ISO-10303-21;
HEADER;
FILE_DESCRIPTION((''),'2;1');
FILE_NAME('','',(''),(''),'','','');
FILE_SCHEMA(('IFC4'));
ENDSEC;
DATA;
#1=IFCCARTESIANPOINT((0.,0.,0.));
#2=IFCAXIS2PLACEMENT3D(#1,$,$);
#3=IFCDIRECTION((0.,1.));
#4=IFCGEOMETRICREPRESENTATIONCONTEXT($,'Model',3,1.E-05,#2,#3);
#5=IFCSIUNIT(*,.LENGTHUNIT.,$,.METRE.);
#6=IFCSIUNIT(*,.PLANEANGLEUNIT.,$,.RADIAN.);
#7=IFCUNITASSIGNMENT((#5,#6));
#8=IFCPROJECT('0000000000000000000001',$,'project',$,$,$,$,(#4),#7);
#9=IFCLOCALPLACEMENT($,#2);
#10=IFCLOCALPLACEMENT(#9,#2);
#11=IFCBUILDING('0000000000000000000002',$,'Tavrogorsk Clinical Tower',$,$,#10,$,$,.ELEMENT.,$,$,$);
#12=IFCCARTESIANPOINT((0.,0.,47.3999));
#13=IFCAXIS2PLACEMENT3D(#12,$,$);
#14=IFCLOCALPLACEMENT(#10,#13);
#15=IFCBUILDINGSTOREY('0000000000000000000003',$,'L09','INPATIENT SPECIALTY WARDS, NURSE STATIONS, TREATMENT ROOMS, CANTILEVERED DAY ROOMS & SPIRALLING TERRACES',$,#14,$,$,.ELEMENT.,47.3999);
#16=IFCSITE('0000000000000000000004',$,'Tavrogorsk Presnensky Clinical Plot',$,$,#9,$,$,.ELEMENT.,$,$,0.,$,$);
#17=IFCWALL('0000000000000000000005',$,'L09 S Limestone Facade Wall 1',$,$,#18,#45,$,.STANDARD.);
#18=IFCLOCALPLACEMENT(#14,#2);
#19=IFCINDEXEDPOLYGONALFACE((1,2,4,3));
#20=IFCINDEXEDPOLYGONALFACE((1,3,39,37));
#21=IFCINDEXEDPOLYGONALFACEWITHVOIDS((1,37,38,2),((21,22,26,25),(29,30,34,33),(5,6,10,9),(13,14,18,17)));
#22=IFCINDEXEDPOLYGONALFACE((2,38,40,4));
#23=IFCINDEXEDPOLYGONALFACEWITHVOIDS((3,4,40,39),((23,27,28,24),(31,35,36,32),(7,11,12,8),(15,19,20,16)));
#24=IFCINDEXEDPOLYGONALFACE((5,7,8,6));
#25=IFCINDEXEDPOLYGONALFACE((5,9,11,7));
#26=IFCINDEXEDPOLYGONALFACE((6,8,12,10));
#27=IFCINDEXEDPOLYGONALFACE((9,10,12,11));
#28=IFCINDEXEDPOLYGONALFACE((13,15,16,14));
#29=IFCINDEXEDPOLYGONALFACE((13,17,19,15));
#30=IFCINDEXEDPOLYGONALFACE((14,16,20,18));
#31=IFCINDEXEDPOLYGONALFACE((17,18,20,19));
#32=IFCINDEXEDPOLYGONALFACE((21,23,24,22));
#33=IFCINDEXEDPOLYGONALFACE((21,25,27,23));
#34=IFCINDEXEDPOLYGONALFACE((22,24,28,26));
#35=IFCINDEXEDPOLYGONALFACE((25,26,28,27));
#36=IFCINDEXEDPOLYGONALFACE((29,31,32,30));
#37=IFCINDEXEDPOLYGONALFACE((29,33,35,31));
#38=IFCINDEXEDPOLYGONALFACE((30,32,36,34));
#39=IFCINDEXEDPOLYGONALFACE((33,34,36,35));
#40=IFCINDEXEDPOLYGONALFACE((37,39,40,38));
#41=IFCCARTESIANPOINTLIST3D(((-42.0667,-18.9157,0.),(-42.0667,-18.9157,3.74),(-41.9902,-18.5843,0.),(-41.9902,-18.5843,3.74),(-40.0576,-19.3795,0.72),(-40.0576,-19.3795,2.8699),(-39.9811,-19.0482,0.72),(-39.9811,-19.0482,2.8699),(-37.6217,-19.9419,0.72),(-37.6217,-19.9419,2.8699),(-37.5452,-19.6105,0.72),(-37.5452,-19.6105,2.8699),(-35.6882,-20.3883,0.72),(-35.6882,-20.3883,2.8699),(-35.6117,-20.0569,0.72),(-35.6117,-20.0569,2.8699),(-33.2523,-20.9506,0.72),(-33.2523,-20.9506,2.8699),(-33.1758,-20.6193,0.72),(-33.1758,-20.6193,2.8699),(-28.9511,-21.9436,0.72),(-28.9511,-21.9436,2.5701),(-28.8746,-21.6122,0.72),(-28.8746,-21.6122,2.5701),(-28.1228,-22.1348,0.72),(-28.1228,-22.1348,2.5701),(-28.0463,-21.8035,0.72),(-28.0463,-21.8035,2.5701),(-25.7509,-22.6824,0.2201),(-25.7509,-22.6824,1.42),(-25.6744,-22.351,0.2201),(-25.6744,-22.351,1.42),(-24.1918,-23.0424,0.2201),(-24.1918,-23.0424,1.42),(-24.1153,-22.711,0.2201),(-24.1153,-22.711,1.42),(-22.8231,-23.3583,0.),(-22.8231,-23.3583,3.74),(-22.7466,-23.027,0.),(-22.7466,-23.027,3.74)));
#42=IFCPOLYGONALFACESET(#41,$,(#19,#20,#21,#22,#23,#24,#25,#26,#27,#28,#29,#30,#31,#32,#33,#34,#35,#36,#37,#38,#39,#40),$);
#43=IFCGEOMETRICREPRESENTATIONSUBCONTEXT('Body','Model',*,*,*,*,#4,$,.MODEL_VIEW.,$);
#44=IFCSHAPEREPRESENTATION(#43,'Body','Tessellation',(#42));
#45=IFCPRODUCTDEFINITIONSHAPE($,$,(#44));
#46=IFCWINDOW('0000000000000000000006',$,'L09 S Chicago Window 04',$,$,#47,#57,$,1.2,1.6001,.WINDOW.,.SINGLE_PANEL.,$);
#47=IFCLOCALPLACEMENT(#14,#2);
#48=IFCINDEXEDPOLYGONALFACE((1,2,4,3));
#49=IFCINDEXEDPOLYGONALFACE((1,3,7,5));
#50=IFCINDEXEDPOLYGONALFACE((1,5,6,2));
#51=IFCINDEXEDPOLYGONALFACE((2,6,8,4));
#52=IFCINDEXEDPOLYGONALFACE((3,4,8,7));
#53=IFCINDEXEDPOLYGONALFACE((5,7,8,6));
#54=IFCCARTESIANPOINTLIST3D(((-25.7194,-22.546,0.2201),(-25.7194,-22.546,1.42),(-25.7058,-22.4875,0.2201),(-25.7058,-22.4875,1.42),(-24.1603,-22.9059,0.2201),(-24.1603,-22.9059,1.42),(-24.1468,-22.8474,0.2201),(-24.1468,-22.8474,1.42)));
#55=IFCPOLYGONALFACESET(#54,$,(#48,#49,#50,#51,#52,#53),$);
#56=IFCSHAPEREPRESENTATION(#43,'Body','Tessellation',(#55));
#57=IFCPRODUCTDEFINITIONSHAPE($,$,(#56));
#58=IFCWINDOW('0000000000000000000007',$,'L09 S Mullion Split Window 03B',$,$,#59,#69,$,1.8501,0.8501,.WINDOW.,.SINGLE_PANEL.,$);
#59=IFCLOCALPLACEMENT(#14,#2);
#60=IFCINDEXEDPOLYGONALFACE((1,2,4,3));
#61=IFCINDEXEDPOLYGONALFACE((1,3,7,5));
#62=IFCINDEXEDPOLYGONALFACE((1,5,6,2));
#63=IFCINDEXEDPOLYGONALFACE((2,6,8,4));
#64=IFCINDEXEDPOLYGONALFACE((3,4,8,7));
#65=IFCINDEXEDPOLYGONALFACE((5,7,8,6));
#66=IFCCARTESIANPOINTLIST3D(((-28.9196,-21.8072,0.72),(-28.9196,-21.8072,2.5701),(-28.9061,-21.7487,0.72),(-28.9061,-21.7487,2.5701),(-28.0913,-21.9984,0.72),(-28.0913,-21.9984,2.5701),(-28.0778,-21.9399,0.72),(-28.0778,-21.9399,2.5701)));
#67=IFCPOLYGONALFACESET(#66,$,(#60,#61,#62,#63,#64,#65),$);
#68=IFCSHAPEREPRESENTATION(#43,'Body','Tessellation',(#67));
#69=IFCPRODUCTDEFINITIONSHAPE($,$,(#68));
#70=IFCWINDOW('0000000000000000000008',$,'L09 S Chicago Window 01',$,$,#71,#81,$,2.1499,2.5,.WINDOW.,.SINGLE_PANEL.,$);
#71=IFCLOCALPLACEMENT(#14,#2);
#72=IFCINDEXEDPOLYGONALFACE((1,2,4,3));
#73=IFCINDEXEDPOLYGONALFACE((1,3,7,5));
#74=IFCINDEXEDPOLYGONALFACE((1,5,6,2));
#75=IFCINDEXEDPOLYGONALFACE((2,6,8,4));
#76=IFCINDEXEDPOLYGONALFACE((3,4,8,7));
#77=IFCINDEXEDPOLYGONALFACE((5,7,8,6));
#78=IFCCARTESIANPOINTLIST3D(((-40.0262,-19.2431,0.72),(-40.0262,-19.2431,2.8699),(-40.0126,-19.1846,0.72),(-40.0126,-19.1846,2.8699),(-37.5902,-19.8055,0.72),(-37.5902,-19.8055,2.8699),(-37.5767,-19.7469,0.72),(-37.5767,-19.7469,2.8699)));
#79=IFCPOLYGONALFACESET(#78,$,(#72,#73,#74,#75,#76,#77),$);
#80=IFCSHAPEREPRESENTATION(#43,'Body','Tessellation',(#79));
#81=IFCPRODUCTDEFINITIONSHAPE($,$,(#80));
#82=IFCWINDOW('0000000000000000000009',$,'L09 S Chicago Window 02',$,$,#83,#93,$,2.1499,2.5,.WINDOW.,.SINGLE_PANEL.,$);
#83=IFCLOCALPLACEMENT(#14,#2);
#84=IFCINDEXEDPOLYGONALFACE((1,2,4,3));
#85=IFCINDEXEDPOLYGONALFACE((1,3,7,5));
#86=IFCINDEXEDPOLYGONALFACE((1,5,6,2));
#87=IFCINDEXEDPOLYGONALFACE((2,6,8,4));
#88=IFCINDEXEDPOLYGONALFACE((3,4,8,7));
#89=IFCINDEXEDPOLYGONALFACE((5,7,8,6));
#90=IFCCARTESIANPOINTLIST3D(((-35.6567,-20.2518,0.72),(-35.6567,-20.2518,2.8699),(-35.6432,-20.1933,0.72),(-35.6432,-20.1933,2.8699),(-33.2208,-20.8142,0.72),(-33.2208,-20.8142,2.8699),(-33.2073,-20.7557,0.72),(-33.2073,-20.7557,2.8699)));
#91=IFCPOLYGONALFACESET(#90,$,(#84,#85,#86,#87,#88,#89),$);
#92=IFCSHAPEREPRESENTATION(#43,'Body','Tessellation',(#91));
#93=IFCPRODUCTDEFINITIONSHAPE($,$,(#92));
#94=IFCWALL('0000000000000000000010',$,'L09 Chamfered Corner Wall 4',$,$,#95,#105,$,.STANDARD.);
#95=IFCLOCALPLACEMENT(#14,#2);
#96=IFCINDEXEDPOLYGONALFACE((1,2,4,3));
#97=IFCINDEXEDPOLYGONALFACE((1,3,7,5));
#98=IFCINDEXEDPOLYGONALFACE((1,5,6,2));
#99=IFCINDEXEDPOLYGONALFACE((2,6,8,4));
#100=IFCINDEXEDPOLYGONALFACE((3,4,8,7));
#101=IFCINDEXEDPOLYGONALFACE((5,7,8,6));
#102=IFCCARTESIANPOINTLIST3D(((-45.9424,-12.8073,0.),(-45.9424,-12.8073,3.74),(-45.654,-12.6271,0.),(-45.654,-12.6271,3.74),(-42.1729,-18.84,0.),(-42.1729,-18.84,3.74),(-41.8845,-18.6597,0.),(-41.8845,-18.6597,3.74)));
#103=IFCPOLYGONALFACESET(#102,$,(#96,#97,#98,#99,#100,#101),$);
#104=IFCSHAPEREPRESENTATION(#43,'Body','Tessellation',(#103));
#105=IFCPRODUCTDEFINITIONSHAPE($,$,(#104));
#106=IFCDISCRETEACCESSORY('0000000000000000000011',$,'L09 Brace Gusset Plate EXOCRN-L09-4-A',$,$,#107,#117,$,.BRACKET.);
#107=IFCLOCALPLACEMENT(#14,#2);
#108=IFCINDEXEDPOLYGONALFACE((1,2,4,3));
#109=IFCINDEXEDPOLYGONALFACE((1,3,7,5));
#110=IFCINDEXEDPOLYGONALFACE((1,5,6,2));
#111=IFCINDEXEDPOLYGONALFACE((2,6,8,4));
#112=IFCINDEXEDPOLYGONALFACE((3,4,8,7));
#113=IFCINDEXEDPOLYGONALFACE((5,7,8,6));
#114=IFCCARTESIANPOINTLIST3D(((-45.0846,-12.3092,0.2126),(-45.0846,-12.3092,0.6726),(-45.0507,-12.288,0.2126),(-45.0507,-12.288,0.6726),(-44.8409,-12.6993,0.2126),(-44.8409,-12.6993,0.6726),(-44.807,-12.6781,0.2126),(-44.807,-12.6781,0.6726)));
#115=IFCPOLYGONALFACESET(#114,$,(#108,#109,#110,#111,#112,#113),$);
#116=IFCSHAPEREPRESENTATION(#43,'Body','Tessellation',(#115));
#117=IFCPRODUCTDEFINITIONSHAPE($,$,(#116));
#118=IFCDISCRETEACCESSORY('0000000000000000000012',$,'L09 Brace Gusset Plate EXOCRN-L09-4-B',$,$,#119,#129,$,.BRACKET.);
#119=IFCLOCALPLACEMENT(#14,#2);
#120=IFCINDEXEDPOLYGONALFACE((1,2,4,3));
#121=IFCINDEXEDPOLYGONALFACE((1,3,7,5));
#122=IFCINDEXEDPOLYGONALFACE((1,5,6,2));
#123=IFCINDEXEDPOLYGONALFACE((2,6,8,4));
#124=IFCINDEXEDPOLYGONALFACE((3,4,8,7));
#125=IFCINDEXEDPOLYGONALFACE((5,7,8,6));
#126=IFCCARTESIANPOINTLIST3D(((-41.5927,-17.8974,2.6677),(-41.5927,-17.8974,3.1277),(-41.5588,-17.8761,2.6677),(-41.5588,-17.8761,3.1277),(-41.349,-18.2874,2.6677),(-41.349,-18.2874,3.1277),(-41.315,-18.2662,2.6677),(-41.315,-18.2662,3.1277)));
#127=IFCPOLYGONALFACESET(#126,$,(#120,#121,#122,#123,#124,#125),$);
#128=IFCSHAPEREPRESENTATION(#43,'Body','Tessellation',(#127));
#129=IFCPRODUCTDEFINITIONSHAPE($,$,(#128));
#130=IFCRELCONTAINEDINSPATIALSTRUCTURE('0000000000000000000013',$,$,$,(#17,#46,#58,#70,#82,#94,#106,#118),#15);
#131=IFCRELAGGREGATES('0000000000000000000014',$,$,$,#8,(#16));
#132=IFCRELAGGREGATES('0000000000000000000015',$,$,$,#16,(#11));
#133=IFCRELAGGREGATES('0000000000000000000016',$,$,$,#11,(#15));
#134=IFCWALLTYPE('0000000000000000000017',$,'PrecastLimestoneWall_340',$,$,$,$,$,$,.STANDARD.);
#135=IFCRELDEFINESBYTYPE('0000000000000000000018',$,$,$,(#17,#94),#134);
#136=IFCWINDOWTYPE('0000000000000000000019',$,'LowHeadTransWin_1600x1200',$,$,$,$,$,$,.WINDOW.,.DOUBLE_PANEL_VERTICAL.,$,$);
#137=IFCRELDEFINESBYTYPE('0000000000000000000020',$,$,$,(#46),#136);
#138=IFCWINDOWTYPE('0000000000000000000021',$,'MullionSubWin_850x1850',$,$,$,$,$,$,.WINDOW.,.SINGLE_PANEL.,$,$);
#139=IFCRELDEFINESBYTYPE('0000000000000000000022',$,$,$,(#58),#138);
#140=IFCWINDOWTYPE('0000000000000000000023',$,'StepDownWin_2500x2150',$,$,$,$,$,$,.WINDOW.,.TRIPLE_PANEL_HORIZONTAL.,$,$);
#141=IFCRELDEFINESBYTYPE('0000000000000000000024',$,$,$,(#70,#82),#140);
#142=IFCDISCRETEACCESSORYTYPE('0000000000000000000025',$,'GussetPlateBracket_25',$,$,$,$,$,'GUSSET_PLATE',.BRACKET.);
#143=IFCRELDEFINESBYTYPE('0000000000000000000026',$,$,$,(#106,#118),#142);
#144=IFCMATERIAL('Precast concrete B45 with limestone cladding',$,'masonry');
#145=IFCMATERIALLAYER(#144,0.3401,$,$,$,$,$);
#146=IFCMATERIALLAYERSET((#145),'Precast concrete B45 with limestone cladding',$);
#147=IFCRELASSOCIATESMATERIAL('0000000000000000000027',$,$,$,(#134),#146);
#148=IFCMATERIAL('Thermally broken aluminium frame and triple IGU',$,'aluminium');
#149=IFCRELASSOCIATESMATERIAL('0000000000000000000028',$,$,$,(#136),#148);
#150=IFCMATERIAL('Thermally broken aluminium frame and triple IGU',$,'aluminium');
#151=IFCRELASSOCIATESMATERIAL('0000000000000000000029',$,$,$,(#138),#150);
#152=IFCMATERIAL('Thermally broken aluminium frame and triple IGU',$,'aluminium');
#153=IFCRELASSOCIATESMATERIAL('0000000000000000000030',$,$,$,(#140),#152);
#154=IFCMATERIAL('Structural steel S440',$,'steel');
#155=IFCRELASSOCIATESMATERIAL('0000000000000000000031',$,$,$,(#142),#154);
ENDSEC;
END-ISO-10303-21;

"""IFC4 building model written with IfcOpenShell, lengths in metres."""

from ifc_helpers import new_model, si_unit, direction, frame, frame_2d, origin, origin_2d, place, context, subcontext, project, spatial, rectangle, extrude, material, layer, layer_set, type_object, element, fill, save


model = new_model("IFC4")

# Units and contexts
model_context = context("Model", 3, precision=1e-05, world=origin(), true_north=direction((0.0, 1.0)))
body_context = subcontext(model_context, "Body", "Model", "MODEL_VIEW")
ifc_project = project(units=[si_unit("LENGTHUNIT", "METRE"), si_unit("PLANEANGLEUNIT", "RADIAN")], contexts=[model_context])

# Site, building, storey
site_placement = place(None, origin())
site = spatial("IfcSite", under=ifc_project, at=site_placement, Name="Tavrogorsk Presnensky Clinical Plot", CompositionType="ELEMENT", RefElevation=0.0)
building_placement = place(site_placement, origin())
building = spatial("IfcBuilding", under=site, at=building_placement, Name="Tavrogorsk Clinical Tower", CompositionType="ELEMENT")
storey_placement = place(building_placement, frame((0.0, 0.0, 47.3999)))
storey = spatial("IfcBuildingStorey", under=building, at=storey_placement, Name="L09", Description="INPATIENT SPECIALTY WARDS, NURSE STATIONS, TREATMENT ROOMS, CANTILEVERED DAY ROOMS & SPIRALLING TERRACES", CompositionType="ELEMENT", Elevation=47.3999)

# Wall, openings, windows
ifc_material_1 = material(Name="Precast concrete B45 with limestone cladding", Category="masonry")
ifc_layer_1 = layer(ifc_material_1, 0.3401)
ifc_layer_set_1 = layer_set([ifc_layer_1], Name="Precast concrete B45 with limestone cladding")
wall_type_1 = type_object("IfcWallType", Name="PrecastLimestoneWall_340", PredefinedType="STANDARD", material=ifc_layer_set_1)
wall_1_placement = place(storey_placement, frame((-42.0286, -18.75, 0.0), z_axis=(0.0, 0.0, 1.0), x_axis=(0.974371, -0.224945, 0.0)))
wall_1 = element("IfcWall", 1, at=wall_1_placement, inside=storey, type_object=wall_type_1, Name="L09 S Limestone Facade Wall 1", PredefinedType="STANDARD", context=body_context, shape_type="SweptSolid", body=[
    extrude(rectangle(XDim=19.7498, YDim=0.3401, at=frame_2d((9.875, 0.0))), origin(), (0.0, 0.0, 1.0), 3.74),
])
opening_1_placement = place(wall_1_placement, frame((2.062, 0.0, 0.72)))
opening_1 = element("IfcOpeningElement", 2, at=opening_1_placement, cuts=wall_1, PredefinedType="OPENING", context=body_context, shape_type="SweptSolid", body=[
    extrude(rectangle(XDim=2.5, YDim=2.1499, at=frame_2d((1.25, 1.075))), frame((0.0, 0.1799, 0.0), z_axis=(0.0, -1.0, 0.0), x_axis=(1.0, 0.0, 0.0)), (0.0, 0.0, 1.0), 0.3601),
])
opening_2_placement = place(wall_1_placement, frame((6.5464, 0.0, 0.72)))
opening_2 = element("IfcOpeningElement", 3, at=opening_2_placement, cuts=wall_1, PredefinedType="OPENING", context=body_context, shape_type="SweptSolid", body=[
    extrude(rectangle(XDim=2.5, YDim=2.1499, at=frame_2d((1.25, 1.075))), frame((0.0, 0.1799, 0.0), z_axis=(0.0, -1.0, 0.0), x_axis=(1.0, 0.0, 0.0)), (0.0, 0.0, 1.0), 0.3601),
])
opening_3_placement = place(wall_1_placement, frame((13.4607, 0.0, 0.72)))
opening_3 = element("IfcOpeningElement", 4, at=opening_3_placement, cuts=wall_1, PredefinedType="OPENING", context=body_context, shape_type="SweptSolid", body=[
    extrude(rectangle(XDim=0.8501, YDim=1.8501, at=frame_2d((0.425, 0.925))), frame((0.0, 0.1799, 0.0), z_axis=(0.0, -1.0, 0.0), x_axis=(1.0, 0.0, 0.0)), (0.0, 0.0, 1.0), 0.3601),
])
opening_4_placement = place(wall_1_placement, frame((16.7451, 0.0, 0.22)))
opening_4 = element("IfcOpeningElement", 5, at=opening_4_placement, cuts=wall_1, PredefinedType="OPENING", context=body_context, shape_type="SweptSolid", body=[
    extrude(rectangle(XDim=1.6001, YDim=1.2, at=frame_2d((0.8, 0.6001))), frame((0.0, 0.1799, 0.0), z_axis=(0.0, -1.0, 0.0), x_axis=(1.0, 0.0, 0.0)), (0.0, 0.0, 1.0), 0.3601),
])
ifc_material_2 = material(Name="Thermally broken aluminium frame and triple IGU", Category="aluminium")
window_type_1 = type_object("IfcWindowType", Name="LowHeadTransWin_1600x1200", PartitioningType="DOUBLE_PANEL_VERTICAL", PredefinedType="WINDOW", material=ifc_material_2)
window_1_placement = place(opening_4_placement, origin())
window_1 = element("IfcWindow", 6, at=window_1_placement, inside=storey, type_object=window_type_1, Name="L09 S Chicago Window 04", OverallHeight=1.2, OverallWidth=1.6001, PartitioningType="SINGLE_PANEL", PredefinedType="WINDOW", context=body_context, shape_type="SweptSolid", body=[
    extrude(rectangle(XDim=1.6001, YDim=1.2, at=frame_2d((0.8, 0.6001))), frame((0.0, 0.03, 0.0), z_axis=(0.0, -1.0, 0.0), x_axis=(1.0, 0.0, 0.0)), (0.0, 0.0, 1.0), 0.0601),
])
fill(opening_4, window_1)
ifc_material_3 = material(Name="Thermally broken aluminium frame and triple IGU", Category="aluminium")
window_type_2 = type_object("IfcWindowType", Name="MullionSubWin_850x1850", PartitioningType="SINGLE_PANEL", PredefinedType="WINDOW", material=ifc_material_3)
window_2_placement = place(opening_3_placement, origin())
window_2 = element("IfcWindow", 7, at=window_2_placement, inside=storey, type_object=window_type_2, Name="L09 S Mullion Split Window 03B", OverallHeight=1.8501, OverallWidth=0.8501, PartitioningType="SINGLE_PANEL", PredefinedType="WINDOW", context=body_context, shape_type="SweptSolid", body=[
    extrude(rectangle(XDim=0.8501, YDim=1.8501, at=frame_2d((0.425, 0.925))), frame((0.0, 0.03, 0.0), z_axis=(0.0, -1.0, 0.0), x_axis=(1.0, 0.0, 0.0)), (0.0, 0.0, 1.0), 0.0601),
])
fill(opening_3, window_2)
ifc_material_4 = material(Name="Thermally broken aluminium frame and triple IGU", Category="aluminium")
window_type_3 = type_object("IfcWindowType", Name="StepDownWin_2500x2150", PartitioningType="TRIPLE_PANEL_HORIZONTAL", PredefinedType="WINDOW", material=ifc_material_4)
window_3_placement = place(opening_1_placement, origin())
window_3 = element("IfcWindow", 8, at=window_3_placement, inside=storey, type_object=window_type_3, Name="L09 S Chicago Window 01", OverallHeight=2.1499, OverallWidth=2.5, PartitioningType="SINGLE_PANEL", PredefinedType="WINDOW", context=body_context, shape_type="SweptSolid", body=[
    extrude(rectangle(XDim=2.5, YDim=2.1499, at=frame_2d((1.25, 1.075))), frame((0.0, 0.03, 0.0), z_axis=(0.0, -1.0, 0.0), x_axis=(1.0, 0.0, 0.0)), (0.0, 0.0, 1.0), 0.0601),
])
fill(opening_1, window_3)
window_4_placement = place(opening_2_placement, origin())
window_4 = element("IfcWindow", 9, at=window_4_placement, inside=storey, type_object=window_type_3, Name="L09 S Chicago Window 02", OverallHeight=2.1499, OverallWidth=2.5, PartitioningType="SINGLE_PANEL", PredefinedType="WINDOW", context=body_context, shape_type="SweptSolid", body=[
    extrude(rectangle(XDim=2.5, YDim=2.1499, at=frame_2d((1.25, 1.075))), frame((0.0, 0.03, 0.0), z_axis=(0.0, -1.0, 0.0), x_axis=(1.0, 0.0, 0.0)), (0.0, 0.0, 1.0), 0.0601),
])
fill(opening_2, window_4)

# Wall
wall_2_placement = place(storey_placement, frame((-45.7981, -12.7173, 0.0), z_axis=(0.0, 0.0, 1.0), x_axis=(0.529906, -0.848056, 0.0)))
element("IfcWall", 10, at=wall_2_placement, inside=storey, type_object=wall_type_1, Name="L09 Chamfered Corner Wall 4", PredefinedType="STANDARD", context=body_context, shape_type="SweptSolid", body=[
    extrude(rectangle(XDim=7.1135, YDim=0.3401, at=frame_2d((3.5566, 0.0))), origin(), (0.0, 0.0, 1.0), 3.74),
])

# Discrete accessories
ifc_material_5 = material(Name="Structural steel S440", Category="steel")
discrete_accessory_type = type_object("IfcDiscreteAccessoryType", Name="GussetPlateBracket_25", ElementType="GUSSET_PLATE", PredefinedType="BRACKET", material=ifc_material_5)
for number, where, z_axis, x_axis, name in (
    (11, (-44.9458, -12.4937, 0.2126), (0.0, 0.0, 1.0), (0.529919, -0.848048, 0.0), "L09 Brace Gusset Plate EXOCRN-L09-4-A"),
    (12, (-41.4539, -18.0818, 2.6677), (0.0, 0.0, 1.0), (0.529919, -0.848048, 0.0), "L09 Brace Gusset Plate EXOCRN-L09-4-B"),
):
    element("IfcDiscreteAccessory", number, at=place(storey_placement, frame(where, z_axis=z_axis, x_axis=x_axis)), inside=storey, type_object=discrete_accessory_type, Name=name, PredefinedType="BRACKET", context=body_context, shape_type="SweptSolid", body=[
        extrude(rectangle(XDim=0.46, YDim=0.04, at=origin_2d()), origin(), (0.0, 0.0, 1.0), 0.46),
    ])

save(model, "model.ifc")
